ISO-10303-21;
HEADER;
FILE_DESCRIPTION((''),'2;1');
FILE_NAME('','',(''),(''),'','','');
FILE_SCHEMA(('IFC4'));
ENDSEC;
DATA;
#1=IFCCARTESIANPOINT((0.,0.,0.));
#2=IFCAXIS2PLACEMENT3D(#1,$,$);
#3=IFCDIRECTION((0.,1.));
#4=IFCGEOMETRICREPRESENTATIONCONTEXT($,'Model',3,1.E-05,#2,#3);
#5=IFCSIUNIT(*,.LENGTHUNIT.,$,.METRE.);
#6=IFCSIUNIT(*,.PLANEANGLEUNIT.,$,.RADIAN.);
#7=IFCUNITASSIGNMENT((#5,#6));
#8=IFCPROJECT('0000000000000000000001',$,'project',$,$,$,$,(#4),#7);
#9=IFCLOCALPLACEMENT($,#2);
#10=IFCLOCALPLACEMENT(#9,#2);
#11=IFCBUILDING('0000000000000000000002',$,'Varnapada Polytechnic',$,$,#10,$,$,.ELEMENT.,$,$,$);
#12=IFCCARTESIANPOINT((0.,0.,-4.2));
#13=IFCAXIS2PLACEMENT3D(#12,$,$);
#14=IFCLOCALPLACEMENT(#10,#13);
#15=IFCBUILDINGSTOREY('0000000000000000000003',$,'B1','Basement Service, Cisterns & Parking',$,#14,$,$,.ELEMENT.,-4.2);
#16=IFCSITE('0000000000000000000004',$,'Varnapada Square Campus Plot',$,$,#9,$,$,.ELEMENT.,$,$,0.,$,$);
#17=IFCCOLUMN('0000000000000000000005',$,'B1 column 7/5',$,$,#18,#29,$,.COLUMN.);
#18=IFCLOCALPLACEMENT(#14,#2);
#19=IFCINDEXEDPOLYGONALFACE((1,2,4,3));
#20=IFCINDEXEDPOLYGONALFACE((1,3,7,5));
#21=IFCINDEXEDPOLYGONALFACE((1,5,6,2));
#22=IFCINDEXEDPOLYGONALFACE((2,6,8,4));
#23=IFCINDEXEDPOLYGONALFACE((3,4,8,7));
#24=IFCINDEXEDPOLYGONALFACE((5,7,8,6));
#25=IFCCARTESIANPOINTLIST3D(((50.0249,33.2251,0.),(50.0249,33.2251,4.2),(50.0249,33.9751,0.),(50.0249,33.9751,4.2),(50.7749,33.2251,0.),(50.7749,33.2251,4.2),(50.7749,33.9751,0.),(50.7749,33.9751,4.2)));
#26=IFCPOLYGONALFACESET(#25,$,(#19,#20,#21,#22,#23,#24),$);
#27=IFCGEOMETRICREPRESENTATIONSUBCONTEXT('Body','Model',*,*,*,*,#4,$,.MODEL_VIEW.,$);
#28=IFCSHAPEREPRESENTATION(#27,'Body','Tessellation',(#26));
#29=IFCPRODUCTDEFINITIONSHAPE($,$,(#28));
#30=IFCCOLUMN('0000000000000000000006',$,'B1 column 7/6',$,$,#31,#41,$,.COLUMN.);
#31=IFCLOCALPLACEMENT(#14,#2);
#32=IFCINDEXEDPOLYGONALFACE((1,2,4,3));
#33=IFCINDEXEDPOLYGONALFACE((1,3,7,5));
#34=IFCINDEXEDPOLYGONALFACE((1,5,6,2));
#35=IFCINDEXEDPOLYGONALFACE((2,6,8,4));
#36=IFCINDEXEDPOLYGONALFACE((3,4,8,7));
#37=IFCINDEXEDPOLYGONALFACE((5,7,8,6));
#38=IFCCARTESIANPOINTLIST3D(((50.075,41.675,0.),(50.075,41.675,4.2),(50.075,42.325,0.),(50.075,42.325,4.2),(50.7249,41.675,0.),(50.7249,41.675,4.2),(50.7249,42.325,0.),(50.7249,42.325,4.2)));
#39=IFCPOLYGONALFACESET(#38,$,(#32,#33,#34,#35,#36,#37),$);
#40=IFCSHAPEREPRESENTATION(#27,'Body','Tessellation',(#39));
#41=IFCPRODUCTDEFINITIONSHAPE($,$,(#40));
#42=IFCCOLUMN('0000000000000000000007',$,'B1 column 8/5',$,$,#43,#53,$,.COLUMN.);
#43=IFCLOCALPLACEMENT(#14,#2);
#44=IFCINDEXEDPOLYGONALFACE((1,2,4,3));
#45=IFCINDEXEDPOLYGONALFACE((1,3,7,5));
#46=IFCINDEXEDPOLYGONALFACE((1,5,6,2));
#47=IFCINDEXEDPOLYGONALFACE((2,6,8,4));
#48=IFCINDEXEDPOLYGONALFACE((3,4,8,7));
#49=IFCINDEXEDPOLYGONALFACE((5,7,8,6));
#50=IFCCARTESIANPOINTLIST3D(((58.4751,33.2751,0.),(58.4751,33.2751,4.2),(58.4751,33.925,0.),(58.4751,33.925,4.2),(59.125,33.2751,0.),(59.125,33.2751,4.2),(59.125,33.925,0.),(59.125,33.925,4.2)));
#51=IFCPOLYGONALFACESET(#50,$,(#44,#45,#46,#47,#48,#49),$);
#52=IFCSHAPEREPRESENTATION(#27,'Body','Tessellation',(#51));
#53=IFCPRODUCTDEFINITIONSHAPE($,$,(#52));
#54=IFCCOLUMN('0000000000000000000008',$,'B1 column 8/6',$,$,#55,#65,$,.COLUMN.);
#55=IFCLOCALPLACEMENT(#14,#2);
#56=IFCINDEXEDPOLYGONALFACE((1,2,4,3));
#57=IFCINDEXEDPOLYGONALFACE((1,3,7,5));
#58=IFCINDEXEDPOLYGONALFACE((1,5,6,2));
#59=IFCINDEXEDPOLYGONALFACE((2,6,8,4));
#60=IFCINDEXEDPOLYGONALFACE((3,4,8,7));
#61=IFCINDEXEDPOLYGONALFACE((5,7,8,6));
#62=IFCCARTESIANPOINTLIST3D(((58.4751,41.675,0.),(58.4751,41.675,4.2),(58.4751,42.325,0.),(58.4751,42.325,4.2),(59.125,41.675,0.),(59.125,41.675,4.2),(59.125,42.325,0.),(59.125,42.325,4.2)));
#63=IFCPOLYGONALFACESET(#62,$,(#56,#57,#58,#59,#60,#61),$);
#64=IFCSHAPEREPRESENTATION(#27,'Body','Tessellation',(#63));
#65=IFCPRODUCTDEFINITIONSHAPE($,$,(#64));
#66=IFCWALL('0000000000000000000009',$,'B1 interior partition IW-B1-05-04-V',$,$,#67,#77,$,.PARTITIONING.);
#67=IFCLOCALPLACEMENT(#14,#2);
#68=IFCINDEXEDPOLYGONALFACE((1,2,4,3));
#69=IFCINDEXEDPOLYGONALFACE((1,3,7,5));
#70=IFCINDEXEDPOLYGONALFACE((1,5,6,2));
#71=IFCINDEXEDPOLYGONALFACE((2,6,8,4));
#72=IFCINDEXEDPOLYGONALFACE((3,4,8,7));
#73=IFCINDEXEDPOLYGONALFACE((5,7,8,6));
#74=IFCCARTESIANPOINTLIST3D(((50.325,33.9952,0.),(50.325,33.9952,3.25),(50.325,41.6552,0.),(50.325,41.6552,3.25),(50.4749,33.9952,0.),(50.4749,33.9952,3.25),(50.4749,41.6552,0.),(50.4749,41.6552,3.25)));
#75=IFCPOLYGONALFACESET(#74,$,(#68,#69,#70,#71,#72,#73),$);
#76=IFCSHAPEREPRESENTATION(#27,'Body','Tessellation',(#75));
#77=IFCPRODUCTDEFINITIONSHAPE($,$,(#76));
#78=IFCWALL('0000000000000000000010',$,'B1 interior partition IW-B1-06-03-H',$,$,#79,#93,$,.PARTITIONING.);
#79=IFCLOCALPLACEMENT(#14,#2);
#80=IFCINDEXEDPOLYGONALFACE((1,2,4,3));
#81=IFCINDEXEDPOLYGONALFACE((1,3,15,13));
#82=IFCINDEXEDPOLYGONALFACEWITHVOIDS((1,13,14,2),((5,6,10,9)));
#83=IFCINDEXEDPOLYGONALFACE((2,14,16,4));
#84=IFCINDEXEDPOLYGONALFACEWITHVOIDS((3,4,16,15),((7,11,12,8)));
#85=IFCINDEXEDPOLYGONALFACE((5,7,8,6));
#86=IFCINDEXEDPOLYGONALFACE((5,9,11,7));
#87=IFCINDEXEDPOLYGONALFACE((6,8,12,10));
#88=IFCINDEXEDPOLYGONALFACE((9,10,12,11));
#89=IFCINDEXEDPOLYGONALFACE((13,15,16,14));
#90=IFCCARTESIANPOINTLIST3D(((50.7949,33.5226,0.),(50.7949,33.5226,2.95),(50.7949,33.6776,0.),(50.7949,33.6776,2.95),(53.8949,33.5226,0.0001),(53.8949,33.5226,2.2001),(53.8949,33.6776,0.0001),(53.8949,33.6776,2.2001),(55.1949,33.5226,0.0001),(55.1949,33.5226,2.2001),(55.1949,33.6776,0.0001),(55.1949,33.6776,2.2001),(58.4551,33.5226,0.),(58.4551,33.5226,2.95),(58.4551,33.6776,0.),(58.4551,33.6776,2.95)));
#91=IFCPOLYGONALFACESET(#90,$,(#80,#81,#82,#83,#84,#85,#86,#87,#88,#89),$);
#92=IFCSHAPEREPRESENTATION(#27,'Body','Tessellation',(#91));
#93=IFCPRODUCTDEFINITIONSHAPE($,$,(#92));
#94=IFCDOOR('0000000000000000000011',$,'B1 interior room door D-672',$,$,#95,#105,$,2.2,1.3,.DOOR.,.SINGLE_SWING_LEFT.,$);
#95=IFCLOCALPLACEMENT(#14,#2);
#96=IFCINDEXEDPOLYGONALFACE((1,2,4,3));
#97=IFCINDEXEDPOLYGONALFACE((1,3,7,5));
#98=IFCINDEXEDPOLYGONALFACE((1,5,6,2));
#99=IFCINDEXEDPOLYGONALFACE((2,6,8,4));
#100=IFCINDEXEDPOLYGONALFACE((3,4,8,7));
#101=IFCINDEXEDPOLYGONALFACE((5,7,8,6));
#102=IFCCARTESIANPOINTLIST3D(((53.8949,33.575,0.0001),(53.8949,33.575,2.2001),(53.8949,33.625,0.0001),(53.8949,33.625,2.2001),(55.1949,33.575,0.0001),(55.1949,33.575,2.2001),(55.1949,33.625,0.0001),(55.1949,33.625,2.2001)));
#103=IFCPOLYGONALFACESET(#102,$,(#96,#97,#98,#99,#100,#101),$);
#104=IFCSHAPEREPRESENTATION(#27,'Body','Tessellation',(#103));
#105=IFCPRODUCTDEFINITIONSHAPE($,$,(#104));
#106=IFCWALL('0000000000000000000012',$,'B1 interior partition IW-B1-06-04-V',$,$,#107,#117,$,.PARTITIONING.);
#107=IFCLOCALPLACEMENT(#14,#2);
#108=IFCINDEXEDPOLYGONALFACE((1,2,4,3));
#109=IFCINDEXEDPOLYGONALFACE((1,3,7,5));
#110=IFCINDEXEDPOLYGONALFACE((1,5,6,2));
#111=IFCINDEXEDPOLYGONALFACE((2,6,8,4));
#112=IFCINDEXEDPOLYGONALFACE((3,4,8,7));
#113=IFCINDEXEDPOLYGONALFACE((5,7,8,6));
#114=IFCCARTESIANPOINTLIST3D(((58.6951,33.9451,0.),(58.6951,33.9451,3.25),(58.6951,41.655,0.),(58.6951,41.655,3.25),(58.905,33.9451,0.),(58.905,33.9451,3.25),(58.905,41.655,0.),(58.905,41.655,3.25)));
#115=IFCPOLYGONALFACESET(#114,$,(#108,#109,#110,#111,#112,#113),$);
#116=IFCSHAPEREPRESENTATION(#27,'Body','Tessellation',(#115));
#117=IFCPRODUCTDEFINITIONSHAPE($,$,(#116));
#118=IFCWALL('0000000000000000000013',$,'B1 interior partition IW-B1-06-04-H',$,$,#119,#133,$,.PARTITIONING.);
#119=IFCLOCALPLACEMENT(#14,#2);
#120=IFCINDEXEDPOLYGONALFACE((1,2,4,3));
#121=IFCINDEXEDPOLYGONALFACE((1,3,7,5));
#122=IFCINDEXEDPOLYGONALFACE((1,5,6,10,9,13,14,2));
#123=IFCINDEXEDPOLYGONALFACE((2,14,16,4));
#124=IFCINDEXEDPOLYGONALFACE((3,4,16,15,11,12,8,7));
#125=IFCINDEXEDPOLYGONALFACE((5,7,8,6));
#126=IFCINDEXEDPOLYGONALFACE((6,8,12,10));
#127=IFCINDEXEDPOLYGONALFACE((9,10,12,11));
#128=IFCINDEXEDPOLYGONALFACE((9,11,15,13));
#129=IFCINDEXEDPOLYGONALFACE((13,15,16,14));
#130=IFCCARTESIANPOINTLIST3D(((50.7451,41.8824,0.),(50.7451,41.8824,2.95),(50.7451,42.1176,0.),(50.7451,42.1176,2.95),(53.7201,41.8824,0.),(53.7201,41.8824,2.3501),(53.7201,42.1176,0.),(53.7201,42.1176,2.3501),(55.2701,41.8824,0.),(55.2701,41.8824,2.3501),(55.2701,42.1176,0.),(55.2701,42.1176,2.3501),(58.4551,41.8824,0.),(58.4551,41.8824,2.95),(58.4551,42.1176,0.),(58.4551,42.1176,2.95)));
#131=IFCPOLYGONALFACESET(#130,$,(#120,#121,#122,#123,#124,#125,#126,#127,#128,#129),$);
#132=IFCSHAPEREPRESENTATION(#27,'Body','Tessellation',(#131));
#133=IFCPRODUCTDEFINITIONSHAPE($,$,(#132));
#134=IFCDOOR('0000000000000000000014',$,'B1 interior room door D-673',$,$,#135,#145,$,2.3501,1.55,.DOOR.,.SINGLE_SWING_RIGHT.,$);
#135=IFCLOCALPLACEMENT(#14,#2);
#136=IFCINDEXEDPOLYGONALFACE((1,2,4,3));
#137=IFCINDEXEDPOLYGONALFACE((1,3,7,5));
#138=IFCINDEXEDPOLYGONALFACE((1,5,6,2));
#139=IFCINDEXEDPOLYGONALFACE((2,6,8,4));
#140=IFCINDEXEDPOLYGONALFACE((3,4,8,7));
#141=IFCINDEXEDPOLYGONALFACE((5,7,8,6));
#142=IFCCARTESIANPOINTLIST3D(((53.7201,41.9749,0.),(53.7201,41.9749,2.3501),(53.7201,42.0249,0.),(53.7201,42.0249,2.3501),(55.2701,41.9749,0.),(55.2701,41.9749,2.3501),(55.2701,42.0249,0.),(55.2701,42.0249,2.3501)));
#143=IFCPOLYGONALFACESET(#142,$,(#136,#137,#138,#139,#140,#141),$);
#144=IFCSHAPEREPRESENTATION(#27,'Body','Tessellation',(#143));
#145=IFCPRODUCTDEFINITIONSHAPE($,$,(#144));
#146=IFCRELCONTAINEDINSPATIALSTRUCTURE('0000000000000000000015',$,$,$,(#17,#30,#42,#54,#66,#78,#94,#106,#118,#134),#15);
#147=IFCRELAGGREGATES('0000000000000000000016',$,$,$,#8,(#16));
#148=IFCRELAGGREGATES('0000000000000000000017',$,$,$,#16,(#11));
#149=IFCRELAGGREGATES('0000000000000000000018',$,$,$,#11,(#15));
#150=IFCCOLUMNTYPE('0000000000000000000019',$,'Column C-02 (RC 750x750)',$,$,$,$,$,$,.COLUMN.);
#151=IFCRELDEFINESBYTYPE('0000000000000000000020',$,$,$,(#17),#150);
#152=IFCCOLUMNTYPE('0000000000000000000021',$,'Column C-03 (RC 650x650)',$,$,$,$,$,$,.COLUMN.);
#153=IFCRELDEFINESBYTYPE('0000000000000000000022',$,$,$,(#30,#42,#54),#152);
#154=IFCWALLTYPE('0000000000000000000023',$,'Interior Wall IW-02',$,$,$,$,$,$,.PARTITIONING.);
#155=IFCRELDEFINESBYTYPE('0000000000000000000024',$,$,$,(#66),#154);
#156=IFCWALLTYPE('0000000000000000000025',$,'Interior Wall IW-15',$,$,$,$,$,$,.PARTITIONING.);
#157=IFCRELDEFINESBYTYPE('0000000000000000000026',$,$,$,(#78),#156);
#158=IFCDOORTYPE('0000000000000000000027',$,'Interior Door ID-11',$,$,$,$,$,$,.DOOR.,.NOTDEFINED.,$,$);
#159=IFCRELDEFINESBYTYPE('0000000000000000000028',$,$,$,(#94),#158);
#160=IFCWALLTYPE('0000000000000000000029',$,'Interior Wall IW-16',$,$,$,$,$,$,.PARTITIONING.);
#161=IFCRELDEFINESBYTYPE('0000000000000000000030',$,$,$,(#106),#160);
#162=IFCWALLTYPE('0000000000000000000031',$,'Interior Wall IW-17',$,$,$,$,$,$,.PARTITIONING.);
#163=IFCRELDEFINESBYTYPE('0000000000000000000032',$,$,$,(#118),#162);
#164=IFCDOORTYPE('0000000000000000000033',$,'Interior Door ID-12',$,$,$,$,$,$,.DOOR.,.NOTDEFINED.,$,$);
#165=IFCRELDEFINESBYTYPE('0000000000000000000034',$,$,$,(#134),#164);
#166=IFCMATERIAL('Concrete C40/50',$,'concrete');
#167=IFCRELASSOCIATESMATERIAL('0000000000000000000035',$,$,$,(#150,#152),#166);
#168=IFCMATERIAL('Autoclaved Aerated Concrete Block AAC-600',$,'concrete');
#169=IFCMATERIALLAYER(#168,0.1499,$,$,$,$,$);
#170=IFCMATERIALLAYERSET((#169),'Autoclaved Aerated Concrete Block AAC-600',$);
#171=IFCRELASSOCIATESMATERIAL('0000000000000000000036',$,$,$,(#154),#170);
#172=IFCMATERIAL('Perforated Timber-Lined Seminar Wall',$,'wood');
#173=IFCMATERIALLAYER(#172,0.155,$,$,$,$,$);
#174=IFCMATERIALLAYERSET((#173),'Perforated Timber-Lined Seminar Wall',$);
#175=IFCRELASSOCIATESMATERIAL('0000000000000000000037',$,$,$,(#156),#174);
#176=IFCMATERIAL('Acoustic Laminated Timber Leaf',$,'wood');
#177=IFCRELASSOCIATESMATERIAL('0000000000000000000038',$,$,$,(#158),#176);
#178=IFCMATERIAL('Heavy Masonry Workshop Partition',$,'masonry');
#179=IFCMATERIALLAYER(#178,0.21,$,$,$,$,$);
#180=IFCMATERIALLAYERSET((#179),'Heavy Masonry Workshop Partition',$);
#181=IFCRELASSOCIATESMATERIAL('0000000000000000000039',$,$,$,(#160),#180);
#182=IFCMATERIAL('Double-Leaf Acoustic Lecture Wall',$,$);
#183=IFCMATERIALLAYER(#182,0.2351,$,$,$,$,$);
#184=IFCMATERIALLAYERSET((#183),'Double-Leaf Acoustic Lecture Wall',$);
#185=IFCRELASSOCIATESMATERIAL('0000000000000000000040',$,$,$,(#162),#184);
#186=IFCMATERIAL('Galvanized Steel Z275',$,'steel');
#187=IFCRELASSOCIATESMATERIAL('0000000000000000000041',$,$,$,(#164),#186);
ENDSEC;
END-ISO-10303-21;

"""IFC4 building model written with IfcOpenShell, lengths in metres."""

from ifc_helpers import new_model, si_unit, direction, frame, frame_2d, origin, origin_2d, place, context, subcontext, project, spatial, rectangle, extrude, material, layer, layer_set, material_profile, profile_set, type_object, element, fill, save


model = new_model("IFC4")

# Units and contexts
model_context = context("Model", 3, precision=1e-05, world=origin(), true_north=direction((0.0, 1.0)))
body_context = subcontext(model_context, "Body", "Model", "MODEL_VIEW")
ifc_project = project(units=[si_unit("LENGTHUNIT", "METRE"), si_unit("PLANEANGLEUNIT", "RADIAN")], contexts=[model_context])

# Site, building, storey
site_placement = place(None, origin())
site = spatial("IfcSite", under=ifc_project, at=site_placement, Name="Varnapada Square Campus Plot", CompositionType="ELEMENT", RefElevation=0.0)
building_placement = place(site_placement, origin())
building = spatial("IfcBuilding", under=site, at=building_placement, Name="Varnapada Polytechnic", CompositionType="ELEMENT")
storey_placement = place(building_placement, frame((0.0, 0.0, -4.2)))
storey = spatial("IfcBuildingStorey", under=building, at=storey_placement, Name="B1", Description="Basement Service, Cisterns & Parking", CompositionType="ELEMENT", Elevation=-4.2)

# Shared definitions
ifc_material_1 = material(Name="Concrete C40/50", Category="concrete")

# Columns
ifc_material_profile_1 = material_profile(ifc_material_1, rectangle(XDim=0.75, YDim=0.75, at=origin_2d()), Name="RC 750x750")
ifc_profile_set_1 = profile_set([ifc_material_profile_1], Name="Concrete C40/50")
column_type_1 = type_object("IfcColumnType", Name="Column C-02 (RC 750x750)", PredefinedType="COLUMN", material=ifc_profile_set_1)
column_placement = place(storey_placement, frame((50.3999, 33.6001, 0.0), z_axis=(0.0, 0.0, 1.0), x_axis=(1.0, 0.0, 0.0)))
element("IfcColumn", 1, at=column_placement, inside=storey, type_object=column_type_1, Name="B1 column 7/5", PredefinedType="COLUMN", context=body_context, shape_type="SweptSolid", body=[
    extrude(rectangle(XDim=0.75, YDim=0.75, at=origin_2d()), origin(), (0.0, 0.0, 1.0), 4.2),
])
ifc_material_profile_2 = material_profile(ifc_material_1, rectangle(XDim=0.6499, YDim=0.6499, at=origin_2d()), Name="RC 650x650")
ifc_profile_set_2 = profile_set([ifc_material_profile_2], Name="Concrete C40/50")
column_type_2 = type_object("IfcColumnType", Name="Column C-03 (RC 650x650)", PredefinedType="COLUMN", material=ifc_profile_set_2)
for number, where, z_axis, x_axis, name in (
    (2, (50.3999, 42.0, 0.0), (0.0, 0.0, 1.0), (1.0, 0.0, 0.0), "B1 column 7/6"),
    (3, (58.8, 33.6001, 0.0), (0.0, 0.0, 1.0), (1.0, 0.0, 0.0), "B1 column 8/5"),
    (4, (58.8, 42.0, 0.0), (0.0, 0.0, 1.0), (1.0, 0.0, 0.0), "B1 column 8/6"),
):
    element("IfcColumn", number, at=place(storey_placement, frame(where, z_axis=z_axis, x_axis=x_axis)), inside=storey, type_object=column_type_2, Name=name, PredefinedType="COLUMN", context=body_context, shape_type="SweptSolid", body=[
        extrude(rectangle(XDim=0.6499, YDim=0.6499, at=origin_2d()), origin(), (0.0, 0.0, 1.0), 4.2),
    ])

# Wall
ifc_material_2 = material(Name="Autoclaved Aerated Concrete Block AAC-600", Category="concrete")
ifc_layer_1 = layer(ifc_material_2, 0.1499)
ifc_layer_set_1 = layer_set([ifc_layer_1], Name="Autoclaved Aerated Concrete Block AAC-600")
wall_type_1 = type_object("IfcWallType", Name="Interior Wall IW-02", PredefinedType="PARTITIONING", material=ifc_layer_set_1)
wall_1_placement = place(storey_placement, frame((50.3999, 33.9951, 0.0), z_axis=(0.0, 0.0, 1.0), x_axis=(0.0, 1.0, 0.0)))
element("IfcWall", 5, at=wall_1_placement, inside=storey, type_object=wall_type_1, Name="B1 interior partition IW-B1-05-04-V", PredefinedType="PARTITIONING", context=body_context, shape_type="SweptSolid", body=[
    extrude(rectangle(XDim=7.6599, YDim=0.1499, at=frame_2d((3.8301, 0.0))), origin(), (0.0, 0.0, 1.0), 3.25),
])

# Wall, opening, door
ifc_material_3 = material(Name="Perforated Timber-Lined Seminar Wall", Category="wood")
ifc_layer_2 = layer(ifc_material_3, 0.155)
ifc_layer_set_2 = layer_set([ifc_layer_2], Name="Perforated Timber-Lined Seminar Wall")
wall_type_2 = type_object("IfcWallType", Name="Interior Wall IW-15", PredefinedType="PARTITIONING", material=ifc_layer_set_2)
wall_2_placement = place(storey_placement, frame((50.7949, 33.6001, 0.0), z_axis=(0.0, 0.0, 1.0), x_axis=(1.0, 0.0, 0.0)))
wall_2 = element("IfcWall", 6, at=wall_2_placement, inside=storey, type_object=wall_type_2, Name="B1 interior partition IW-B1-06-03-H", PredefinedType="PARTITIONING", context=body_context, shape_type="SweptSolid", body=[
    extrude(rectangle(XDim=7.6602, YDim=0.155, at=frame_2d((3.8301, 0.0))), origin(), (0.0, 0.0, 1.0), 2.95),
])
opening_1_placement = place(wall_2_placement, frame((3.1001, 0.0, 0.0)))
opening_1 = element("IfcOpeningElement", 7, at=opening_1_placement, cuts=wall_2, PredefinedType="OPENING", context=body_context, shape_type="SweptSolid", body=[
    extrude(rectangle(XDim=1.3, YDim=2.2, at=frame_2d((0.6499, 1.1001))), frame((0.0, 0.0874, 0.0), z_axis=(0.0, -1.0, 0.0), x_axis=(1.0, 0.0, 0.0)), (0.0, 0.0, 1.0), 0.175),
])
ifc_material_4 = material(Name="Acoustic Laminated Timber Leaf", Category="wood")
door_type_1 = type_object("IfcDoorType", Name="Interior Door ID-11", OperationType="NOTDEFINED", PredefinedType="DOOR", material=ifc_material_4)
door_1_placement = place(opening_1_placement, origin())
door_1 = element("IfcDoor", 8, at=door_1_placement, inside=storey, type_object=door_type_1, Name="B1 interior room door D-672", OperationType="SINGLE_SWING_LEFT", OverallHeight=2.2, OverallWidth=1.3, PredefinedType="DOOR", context=body_context, shape_type="SweptSolid", body=[
    extrude(rectangle(XDim=1.3, YDim=2.2, at=frame_2d((0.6499, 1.1001))), frame((0.0, 0.0249, 0.0), z_axis=(0.0, -1.0, 0.0), x_axis=(1.0, 0.0, 0.0)), (0.0, 0.0, 1.0), 0.05),
])
fill(opening_1, door_1)

# Wall
ifc_material_5 = material(Name="Heavy Masonry Workshop Partition", Category="masonry")
ifc_layer_3 = layer(ifc_material_5, 0.21)
ifc_layer_set_3 = layer_set([ifc_layer_3], Name="Heavy Masonry Workshop Partition")
wall_type_3 = type_object("IfcWallType", Name="Interior Wall IW-16", PredefinedType="PARTITIONING", material=ifc_layer_set_3)
wall_3_placement = place(storey_placement, frame((58.8, 33.9451, 0.0), z_axis=(0.0, 0.0, 1.0), x_axis=(0.0, 1.0, 0.0)))
element("IfcWall", 9, at=wall_3_placement, inside=storey, type_object=wall_type_3, Name="B1 interior partition IW-B1-06-04-V", PredefinedType="PARTITIONING", context=body_context, shape_type="SweptSolid", body=[
    extrude(rectangle(XDim=7.71, YDim=0.21, at=frame_2d((3.855, 0.0))), origin(), (0.0, 0.0, 1.0), 3.25),
])

# Wall, opening, door
ifc_material_6 = material(Name="Double-Leaf Acoustic Lecture Wall")
ifc_layer_4 = layer(ifc_material_6, 0.2351)
ifc_layer_set_4 = layer_set([ifc_layer_4], Name="Double-Leaf Acoustic Lecture Wall")
wall_type_4 = type_object("IfcWallType", Name="Interior Wall IW-17", PredefinedType="PARTITIONING", material=ifc_layer_set_4)
wall_4_placement = place(storey_placement, frame((50.7451, 42.0, 0.0), z_axis=(0.0, 0.0, 1.0), x_axis=(1.0, 0.0, 0.0)))
wall_4 = element("IfcWall", 10, at=wall_4_placement, inside=storey, type_object=wall_type_4, Name="B1 interior partition IW-B1-06-04-H", PredefinedType="PARTITIONING", context=body_context, shape_type="SweptSolid", body=[
    extrude(rectangle(XDim=7.71, YDim=0.2351, at=frame_2d((3.855, 0.0))), origin(), (0.0, 0.0, 1.0), 2.95),
])
opening_2_placement = place(wall_4_placement, frame((2.9751, 0.0, 0.0)))
opening_2 = element("IfcOpeningElement", 11, at=opening_2_placement, cuts=wall_4, PredefinedType="OPENING", context=body_context, shape_type="SweptSolid", body=[
    extrude(rectangle(XDim=1.55, YDim=2.3501, at=frame_2d((0.7749, 1.175))), frame((0.0, 0.1274, 0.0), z_axis=(0.0, -1.0, 0.0), x_axis=(1.0, 0.0, 0.0)), (0.0, 0.0, 1.0), 0.2551),
])
ifc_material_7 = material(Name="Galvanized Steel Z275", Category="steel")
door_type_2 = type_object("IfcDoorType", Name="Interior Door ID-12", OperationType="NOTDEFINED", PredefinedType="DOOR", material=ifc_material_7)
door_2_placement = place(opening_2_placement, origin())
door_2 = element("IfcDoor", 12, at=door_2_placement, inside=storey, type_object=door_type_2, Name="B1 interior room door D-673", OperationType="SINGLE_SWING_RIGHT", OverallHeight=2.3501, OverallWidth=1.55, PredefinedType="DOOR", context=body_context, shape_type="SweptSolid", body=[
    extrude(rectangle(XDim=1.55, YDim=2.3501, at=frame_2d((0.7749, 1.175))), frame((0.0, 0.0249, 0.0), z_axis=(0.0, -1.0, 0.0), x_axis=(1.0, 0.0, 0.0)), (0.0, 0.0, 1.0), 0.05),
])
fill(opening_2, door_2)

save(model, "model.ifc")
